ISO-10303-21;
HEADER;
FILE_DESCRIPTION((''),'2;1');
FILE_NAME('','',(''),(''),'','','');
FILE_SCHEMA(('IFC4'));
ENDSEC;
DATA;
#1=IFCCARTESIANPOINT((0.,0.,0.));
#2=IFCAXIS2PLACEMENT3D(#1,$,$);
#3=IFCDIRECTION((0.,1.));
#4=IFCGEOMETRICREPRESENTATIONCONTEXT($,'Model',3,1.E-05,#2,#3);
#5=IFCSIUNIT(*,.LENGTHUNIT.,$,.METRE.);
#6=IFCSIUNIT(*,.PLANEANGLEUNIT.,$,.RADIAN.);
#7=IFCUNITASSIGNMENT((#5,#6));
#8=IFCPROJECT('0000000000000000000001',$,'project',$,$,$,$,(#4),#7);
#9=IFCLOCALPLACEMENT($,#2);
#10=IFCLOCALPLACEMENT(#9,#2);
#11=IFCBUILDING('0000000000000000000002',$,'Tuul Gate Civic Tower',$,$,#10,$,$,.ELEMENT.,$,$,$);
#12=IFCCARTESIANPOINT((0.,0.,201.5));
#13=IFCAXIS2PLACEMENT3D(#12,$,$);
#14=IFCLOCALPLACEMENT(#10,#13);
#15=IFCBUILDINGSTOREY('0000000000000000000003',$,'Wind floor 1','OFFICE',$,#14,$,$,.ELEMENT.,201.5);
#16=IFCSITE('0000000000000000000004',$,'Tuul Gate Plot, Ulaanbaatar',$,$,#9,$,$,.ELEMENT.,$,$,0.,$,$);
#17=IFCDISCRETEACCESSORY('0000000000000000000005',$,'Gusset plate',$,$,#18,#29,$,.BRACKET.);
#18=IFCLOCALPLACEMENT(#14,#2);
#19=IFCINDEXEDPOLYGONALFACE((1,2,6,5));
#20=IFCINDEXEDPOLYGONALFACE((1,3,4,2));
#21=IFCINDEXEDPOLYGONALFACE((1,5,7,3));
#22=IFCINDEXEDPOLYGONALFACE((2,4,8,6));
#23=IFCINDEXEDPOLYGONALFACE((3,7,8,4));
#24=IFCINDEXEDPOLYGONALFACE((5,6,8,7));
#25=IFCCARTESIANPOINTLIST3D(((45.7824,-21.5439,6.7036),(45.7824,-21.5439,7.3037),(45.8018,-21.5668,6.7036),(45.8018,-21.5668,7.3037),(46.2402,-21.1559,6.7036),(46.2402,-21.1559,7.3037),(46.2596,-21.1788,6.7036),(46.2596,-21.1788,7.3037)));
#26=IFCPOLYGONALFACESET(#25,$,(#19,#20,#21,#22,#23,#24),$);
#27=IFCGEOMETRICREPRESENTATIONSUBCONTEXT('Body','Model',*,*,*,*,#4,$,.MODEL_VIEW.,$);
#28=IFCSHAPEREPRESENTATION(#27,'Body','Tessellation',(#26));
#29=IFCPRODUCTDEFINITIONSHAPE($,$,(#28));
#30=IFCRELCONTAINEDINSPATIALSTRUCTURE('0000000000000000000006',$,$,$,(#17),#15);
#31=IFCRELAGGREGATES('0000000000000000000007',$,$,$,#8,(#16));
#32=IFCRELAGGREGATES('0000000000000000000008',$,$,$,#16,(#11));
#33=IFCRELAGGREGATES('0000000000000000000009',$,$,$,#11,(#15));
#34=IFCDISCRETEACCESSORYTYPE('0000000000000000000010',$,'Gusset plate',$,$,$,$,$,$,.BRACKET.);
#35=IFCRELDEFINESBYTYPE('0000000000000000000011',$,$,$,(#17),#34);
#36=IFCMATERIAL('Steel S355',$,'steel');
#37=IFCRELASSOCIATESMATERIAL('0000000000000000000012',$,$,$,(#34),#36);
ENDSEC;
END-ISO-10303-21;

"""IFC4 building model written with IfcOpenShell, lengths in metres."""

from ifc_helpers import new_model, si_unit, direction, frame, origin, origin_2d, place, context, subcontext, project, spatial, rectangle, extrude, material, type_object, element, save


model = new_model("IFC4")

# Units and contexts
model_context = context("Model", 3, precision=1e-05, world=origin(), true_north=direction((0.0, 1.0)))
body_context = subcontext(model_context, "Body", "Model", "MODEL_VIEW")
ifc_project = project(units=[si_unit("LENGTHUNIT", "METRE"), si_unit("PLANEANGLEUNIT", "RADIAN")], contexts=[model_context])

# Site, building, storey
site_placement = place(None, origin())
site = spatial("IfcSite", under=ifc_project, at=site_placement, Name="Tuul Gate Plot, Ulaanbaatar", CompositionType="ELEMENT", RefElevation=0.0)
building_placement = place(site_placement, origin())
building = spatial("IfcBuilding", under=site, at=building_placement, Name="Tuul Gate Civic Tower", CompositionType="ELEMENT")
storey_placement = place(building_placement, frame((0.0, 0.0, 201.5)))
storey = spatial("IfcBuildingStorey", under=building, at=storey_placement, Name="Wind floor 1", Description="OFFICE", CompositionType="ELEMENT", Elevation=201.5)

# Discrete accessory
ifc_material_1 = material(Name="Steel S355", Category="steel")
discrete_accessory_type = type_object("IfcDiscreteAccessoryType", Name="Gusset plate", PredefinedType="BRACKET", material=ifc_material_1)
discrete_accessory_placement = place(storey_placement, frame((46.021, -21.3613, 6.7036), z_axis=(0.0, 0.0, 1.0), x_axis=(0.762825, 0.646605, 0.0)))
element("IfcDiscreteAccessory", 1, at=discrete_accessory_placement, inside=storey, type_object=discrete_accessory_type, Name="Gusset plate", PredefinedType="BRACKET", context=body_context, shape_type="SweptSolid", body=[
    extrude(rectangle(XDim=0.6001, YDim=0.03, at=origin_2d()), origin(), (0.0, 0.0, 1.0), 0.6001),
])

save(model, "model.ifc")
